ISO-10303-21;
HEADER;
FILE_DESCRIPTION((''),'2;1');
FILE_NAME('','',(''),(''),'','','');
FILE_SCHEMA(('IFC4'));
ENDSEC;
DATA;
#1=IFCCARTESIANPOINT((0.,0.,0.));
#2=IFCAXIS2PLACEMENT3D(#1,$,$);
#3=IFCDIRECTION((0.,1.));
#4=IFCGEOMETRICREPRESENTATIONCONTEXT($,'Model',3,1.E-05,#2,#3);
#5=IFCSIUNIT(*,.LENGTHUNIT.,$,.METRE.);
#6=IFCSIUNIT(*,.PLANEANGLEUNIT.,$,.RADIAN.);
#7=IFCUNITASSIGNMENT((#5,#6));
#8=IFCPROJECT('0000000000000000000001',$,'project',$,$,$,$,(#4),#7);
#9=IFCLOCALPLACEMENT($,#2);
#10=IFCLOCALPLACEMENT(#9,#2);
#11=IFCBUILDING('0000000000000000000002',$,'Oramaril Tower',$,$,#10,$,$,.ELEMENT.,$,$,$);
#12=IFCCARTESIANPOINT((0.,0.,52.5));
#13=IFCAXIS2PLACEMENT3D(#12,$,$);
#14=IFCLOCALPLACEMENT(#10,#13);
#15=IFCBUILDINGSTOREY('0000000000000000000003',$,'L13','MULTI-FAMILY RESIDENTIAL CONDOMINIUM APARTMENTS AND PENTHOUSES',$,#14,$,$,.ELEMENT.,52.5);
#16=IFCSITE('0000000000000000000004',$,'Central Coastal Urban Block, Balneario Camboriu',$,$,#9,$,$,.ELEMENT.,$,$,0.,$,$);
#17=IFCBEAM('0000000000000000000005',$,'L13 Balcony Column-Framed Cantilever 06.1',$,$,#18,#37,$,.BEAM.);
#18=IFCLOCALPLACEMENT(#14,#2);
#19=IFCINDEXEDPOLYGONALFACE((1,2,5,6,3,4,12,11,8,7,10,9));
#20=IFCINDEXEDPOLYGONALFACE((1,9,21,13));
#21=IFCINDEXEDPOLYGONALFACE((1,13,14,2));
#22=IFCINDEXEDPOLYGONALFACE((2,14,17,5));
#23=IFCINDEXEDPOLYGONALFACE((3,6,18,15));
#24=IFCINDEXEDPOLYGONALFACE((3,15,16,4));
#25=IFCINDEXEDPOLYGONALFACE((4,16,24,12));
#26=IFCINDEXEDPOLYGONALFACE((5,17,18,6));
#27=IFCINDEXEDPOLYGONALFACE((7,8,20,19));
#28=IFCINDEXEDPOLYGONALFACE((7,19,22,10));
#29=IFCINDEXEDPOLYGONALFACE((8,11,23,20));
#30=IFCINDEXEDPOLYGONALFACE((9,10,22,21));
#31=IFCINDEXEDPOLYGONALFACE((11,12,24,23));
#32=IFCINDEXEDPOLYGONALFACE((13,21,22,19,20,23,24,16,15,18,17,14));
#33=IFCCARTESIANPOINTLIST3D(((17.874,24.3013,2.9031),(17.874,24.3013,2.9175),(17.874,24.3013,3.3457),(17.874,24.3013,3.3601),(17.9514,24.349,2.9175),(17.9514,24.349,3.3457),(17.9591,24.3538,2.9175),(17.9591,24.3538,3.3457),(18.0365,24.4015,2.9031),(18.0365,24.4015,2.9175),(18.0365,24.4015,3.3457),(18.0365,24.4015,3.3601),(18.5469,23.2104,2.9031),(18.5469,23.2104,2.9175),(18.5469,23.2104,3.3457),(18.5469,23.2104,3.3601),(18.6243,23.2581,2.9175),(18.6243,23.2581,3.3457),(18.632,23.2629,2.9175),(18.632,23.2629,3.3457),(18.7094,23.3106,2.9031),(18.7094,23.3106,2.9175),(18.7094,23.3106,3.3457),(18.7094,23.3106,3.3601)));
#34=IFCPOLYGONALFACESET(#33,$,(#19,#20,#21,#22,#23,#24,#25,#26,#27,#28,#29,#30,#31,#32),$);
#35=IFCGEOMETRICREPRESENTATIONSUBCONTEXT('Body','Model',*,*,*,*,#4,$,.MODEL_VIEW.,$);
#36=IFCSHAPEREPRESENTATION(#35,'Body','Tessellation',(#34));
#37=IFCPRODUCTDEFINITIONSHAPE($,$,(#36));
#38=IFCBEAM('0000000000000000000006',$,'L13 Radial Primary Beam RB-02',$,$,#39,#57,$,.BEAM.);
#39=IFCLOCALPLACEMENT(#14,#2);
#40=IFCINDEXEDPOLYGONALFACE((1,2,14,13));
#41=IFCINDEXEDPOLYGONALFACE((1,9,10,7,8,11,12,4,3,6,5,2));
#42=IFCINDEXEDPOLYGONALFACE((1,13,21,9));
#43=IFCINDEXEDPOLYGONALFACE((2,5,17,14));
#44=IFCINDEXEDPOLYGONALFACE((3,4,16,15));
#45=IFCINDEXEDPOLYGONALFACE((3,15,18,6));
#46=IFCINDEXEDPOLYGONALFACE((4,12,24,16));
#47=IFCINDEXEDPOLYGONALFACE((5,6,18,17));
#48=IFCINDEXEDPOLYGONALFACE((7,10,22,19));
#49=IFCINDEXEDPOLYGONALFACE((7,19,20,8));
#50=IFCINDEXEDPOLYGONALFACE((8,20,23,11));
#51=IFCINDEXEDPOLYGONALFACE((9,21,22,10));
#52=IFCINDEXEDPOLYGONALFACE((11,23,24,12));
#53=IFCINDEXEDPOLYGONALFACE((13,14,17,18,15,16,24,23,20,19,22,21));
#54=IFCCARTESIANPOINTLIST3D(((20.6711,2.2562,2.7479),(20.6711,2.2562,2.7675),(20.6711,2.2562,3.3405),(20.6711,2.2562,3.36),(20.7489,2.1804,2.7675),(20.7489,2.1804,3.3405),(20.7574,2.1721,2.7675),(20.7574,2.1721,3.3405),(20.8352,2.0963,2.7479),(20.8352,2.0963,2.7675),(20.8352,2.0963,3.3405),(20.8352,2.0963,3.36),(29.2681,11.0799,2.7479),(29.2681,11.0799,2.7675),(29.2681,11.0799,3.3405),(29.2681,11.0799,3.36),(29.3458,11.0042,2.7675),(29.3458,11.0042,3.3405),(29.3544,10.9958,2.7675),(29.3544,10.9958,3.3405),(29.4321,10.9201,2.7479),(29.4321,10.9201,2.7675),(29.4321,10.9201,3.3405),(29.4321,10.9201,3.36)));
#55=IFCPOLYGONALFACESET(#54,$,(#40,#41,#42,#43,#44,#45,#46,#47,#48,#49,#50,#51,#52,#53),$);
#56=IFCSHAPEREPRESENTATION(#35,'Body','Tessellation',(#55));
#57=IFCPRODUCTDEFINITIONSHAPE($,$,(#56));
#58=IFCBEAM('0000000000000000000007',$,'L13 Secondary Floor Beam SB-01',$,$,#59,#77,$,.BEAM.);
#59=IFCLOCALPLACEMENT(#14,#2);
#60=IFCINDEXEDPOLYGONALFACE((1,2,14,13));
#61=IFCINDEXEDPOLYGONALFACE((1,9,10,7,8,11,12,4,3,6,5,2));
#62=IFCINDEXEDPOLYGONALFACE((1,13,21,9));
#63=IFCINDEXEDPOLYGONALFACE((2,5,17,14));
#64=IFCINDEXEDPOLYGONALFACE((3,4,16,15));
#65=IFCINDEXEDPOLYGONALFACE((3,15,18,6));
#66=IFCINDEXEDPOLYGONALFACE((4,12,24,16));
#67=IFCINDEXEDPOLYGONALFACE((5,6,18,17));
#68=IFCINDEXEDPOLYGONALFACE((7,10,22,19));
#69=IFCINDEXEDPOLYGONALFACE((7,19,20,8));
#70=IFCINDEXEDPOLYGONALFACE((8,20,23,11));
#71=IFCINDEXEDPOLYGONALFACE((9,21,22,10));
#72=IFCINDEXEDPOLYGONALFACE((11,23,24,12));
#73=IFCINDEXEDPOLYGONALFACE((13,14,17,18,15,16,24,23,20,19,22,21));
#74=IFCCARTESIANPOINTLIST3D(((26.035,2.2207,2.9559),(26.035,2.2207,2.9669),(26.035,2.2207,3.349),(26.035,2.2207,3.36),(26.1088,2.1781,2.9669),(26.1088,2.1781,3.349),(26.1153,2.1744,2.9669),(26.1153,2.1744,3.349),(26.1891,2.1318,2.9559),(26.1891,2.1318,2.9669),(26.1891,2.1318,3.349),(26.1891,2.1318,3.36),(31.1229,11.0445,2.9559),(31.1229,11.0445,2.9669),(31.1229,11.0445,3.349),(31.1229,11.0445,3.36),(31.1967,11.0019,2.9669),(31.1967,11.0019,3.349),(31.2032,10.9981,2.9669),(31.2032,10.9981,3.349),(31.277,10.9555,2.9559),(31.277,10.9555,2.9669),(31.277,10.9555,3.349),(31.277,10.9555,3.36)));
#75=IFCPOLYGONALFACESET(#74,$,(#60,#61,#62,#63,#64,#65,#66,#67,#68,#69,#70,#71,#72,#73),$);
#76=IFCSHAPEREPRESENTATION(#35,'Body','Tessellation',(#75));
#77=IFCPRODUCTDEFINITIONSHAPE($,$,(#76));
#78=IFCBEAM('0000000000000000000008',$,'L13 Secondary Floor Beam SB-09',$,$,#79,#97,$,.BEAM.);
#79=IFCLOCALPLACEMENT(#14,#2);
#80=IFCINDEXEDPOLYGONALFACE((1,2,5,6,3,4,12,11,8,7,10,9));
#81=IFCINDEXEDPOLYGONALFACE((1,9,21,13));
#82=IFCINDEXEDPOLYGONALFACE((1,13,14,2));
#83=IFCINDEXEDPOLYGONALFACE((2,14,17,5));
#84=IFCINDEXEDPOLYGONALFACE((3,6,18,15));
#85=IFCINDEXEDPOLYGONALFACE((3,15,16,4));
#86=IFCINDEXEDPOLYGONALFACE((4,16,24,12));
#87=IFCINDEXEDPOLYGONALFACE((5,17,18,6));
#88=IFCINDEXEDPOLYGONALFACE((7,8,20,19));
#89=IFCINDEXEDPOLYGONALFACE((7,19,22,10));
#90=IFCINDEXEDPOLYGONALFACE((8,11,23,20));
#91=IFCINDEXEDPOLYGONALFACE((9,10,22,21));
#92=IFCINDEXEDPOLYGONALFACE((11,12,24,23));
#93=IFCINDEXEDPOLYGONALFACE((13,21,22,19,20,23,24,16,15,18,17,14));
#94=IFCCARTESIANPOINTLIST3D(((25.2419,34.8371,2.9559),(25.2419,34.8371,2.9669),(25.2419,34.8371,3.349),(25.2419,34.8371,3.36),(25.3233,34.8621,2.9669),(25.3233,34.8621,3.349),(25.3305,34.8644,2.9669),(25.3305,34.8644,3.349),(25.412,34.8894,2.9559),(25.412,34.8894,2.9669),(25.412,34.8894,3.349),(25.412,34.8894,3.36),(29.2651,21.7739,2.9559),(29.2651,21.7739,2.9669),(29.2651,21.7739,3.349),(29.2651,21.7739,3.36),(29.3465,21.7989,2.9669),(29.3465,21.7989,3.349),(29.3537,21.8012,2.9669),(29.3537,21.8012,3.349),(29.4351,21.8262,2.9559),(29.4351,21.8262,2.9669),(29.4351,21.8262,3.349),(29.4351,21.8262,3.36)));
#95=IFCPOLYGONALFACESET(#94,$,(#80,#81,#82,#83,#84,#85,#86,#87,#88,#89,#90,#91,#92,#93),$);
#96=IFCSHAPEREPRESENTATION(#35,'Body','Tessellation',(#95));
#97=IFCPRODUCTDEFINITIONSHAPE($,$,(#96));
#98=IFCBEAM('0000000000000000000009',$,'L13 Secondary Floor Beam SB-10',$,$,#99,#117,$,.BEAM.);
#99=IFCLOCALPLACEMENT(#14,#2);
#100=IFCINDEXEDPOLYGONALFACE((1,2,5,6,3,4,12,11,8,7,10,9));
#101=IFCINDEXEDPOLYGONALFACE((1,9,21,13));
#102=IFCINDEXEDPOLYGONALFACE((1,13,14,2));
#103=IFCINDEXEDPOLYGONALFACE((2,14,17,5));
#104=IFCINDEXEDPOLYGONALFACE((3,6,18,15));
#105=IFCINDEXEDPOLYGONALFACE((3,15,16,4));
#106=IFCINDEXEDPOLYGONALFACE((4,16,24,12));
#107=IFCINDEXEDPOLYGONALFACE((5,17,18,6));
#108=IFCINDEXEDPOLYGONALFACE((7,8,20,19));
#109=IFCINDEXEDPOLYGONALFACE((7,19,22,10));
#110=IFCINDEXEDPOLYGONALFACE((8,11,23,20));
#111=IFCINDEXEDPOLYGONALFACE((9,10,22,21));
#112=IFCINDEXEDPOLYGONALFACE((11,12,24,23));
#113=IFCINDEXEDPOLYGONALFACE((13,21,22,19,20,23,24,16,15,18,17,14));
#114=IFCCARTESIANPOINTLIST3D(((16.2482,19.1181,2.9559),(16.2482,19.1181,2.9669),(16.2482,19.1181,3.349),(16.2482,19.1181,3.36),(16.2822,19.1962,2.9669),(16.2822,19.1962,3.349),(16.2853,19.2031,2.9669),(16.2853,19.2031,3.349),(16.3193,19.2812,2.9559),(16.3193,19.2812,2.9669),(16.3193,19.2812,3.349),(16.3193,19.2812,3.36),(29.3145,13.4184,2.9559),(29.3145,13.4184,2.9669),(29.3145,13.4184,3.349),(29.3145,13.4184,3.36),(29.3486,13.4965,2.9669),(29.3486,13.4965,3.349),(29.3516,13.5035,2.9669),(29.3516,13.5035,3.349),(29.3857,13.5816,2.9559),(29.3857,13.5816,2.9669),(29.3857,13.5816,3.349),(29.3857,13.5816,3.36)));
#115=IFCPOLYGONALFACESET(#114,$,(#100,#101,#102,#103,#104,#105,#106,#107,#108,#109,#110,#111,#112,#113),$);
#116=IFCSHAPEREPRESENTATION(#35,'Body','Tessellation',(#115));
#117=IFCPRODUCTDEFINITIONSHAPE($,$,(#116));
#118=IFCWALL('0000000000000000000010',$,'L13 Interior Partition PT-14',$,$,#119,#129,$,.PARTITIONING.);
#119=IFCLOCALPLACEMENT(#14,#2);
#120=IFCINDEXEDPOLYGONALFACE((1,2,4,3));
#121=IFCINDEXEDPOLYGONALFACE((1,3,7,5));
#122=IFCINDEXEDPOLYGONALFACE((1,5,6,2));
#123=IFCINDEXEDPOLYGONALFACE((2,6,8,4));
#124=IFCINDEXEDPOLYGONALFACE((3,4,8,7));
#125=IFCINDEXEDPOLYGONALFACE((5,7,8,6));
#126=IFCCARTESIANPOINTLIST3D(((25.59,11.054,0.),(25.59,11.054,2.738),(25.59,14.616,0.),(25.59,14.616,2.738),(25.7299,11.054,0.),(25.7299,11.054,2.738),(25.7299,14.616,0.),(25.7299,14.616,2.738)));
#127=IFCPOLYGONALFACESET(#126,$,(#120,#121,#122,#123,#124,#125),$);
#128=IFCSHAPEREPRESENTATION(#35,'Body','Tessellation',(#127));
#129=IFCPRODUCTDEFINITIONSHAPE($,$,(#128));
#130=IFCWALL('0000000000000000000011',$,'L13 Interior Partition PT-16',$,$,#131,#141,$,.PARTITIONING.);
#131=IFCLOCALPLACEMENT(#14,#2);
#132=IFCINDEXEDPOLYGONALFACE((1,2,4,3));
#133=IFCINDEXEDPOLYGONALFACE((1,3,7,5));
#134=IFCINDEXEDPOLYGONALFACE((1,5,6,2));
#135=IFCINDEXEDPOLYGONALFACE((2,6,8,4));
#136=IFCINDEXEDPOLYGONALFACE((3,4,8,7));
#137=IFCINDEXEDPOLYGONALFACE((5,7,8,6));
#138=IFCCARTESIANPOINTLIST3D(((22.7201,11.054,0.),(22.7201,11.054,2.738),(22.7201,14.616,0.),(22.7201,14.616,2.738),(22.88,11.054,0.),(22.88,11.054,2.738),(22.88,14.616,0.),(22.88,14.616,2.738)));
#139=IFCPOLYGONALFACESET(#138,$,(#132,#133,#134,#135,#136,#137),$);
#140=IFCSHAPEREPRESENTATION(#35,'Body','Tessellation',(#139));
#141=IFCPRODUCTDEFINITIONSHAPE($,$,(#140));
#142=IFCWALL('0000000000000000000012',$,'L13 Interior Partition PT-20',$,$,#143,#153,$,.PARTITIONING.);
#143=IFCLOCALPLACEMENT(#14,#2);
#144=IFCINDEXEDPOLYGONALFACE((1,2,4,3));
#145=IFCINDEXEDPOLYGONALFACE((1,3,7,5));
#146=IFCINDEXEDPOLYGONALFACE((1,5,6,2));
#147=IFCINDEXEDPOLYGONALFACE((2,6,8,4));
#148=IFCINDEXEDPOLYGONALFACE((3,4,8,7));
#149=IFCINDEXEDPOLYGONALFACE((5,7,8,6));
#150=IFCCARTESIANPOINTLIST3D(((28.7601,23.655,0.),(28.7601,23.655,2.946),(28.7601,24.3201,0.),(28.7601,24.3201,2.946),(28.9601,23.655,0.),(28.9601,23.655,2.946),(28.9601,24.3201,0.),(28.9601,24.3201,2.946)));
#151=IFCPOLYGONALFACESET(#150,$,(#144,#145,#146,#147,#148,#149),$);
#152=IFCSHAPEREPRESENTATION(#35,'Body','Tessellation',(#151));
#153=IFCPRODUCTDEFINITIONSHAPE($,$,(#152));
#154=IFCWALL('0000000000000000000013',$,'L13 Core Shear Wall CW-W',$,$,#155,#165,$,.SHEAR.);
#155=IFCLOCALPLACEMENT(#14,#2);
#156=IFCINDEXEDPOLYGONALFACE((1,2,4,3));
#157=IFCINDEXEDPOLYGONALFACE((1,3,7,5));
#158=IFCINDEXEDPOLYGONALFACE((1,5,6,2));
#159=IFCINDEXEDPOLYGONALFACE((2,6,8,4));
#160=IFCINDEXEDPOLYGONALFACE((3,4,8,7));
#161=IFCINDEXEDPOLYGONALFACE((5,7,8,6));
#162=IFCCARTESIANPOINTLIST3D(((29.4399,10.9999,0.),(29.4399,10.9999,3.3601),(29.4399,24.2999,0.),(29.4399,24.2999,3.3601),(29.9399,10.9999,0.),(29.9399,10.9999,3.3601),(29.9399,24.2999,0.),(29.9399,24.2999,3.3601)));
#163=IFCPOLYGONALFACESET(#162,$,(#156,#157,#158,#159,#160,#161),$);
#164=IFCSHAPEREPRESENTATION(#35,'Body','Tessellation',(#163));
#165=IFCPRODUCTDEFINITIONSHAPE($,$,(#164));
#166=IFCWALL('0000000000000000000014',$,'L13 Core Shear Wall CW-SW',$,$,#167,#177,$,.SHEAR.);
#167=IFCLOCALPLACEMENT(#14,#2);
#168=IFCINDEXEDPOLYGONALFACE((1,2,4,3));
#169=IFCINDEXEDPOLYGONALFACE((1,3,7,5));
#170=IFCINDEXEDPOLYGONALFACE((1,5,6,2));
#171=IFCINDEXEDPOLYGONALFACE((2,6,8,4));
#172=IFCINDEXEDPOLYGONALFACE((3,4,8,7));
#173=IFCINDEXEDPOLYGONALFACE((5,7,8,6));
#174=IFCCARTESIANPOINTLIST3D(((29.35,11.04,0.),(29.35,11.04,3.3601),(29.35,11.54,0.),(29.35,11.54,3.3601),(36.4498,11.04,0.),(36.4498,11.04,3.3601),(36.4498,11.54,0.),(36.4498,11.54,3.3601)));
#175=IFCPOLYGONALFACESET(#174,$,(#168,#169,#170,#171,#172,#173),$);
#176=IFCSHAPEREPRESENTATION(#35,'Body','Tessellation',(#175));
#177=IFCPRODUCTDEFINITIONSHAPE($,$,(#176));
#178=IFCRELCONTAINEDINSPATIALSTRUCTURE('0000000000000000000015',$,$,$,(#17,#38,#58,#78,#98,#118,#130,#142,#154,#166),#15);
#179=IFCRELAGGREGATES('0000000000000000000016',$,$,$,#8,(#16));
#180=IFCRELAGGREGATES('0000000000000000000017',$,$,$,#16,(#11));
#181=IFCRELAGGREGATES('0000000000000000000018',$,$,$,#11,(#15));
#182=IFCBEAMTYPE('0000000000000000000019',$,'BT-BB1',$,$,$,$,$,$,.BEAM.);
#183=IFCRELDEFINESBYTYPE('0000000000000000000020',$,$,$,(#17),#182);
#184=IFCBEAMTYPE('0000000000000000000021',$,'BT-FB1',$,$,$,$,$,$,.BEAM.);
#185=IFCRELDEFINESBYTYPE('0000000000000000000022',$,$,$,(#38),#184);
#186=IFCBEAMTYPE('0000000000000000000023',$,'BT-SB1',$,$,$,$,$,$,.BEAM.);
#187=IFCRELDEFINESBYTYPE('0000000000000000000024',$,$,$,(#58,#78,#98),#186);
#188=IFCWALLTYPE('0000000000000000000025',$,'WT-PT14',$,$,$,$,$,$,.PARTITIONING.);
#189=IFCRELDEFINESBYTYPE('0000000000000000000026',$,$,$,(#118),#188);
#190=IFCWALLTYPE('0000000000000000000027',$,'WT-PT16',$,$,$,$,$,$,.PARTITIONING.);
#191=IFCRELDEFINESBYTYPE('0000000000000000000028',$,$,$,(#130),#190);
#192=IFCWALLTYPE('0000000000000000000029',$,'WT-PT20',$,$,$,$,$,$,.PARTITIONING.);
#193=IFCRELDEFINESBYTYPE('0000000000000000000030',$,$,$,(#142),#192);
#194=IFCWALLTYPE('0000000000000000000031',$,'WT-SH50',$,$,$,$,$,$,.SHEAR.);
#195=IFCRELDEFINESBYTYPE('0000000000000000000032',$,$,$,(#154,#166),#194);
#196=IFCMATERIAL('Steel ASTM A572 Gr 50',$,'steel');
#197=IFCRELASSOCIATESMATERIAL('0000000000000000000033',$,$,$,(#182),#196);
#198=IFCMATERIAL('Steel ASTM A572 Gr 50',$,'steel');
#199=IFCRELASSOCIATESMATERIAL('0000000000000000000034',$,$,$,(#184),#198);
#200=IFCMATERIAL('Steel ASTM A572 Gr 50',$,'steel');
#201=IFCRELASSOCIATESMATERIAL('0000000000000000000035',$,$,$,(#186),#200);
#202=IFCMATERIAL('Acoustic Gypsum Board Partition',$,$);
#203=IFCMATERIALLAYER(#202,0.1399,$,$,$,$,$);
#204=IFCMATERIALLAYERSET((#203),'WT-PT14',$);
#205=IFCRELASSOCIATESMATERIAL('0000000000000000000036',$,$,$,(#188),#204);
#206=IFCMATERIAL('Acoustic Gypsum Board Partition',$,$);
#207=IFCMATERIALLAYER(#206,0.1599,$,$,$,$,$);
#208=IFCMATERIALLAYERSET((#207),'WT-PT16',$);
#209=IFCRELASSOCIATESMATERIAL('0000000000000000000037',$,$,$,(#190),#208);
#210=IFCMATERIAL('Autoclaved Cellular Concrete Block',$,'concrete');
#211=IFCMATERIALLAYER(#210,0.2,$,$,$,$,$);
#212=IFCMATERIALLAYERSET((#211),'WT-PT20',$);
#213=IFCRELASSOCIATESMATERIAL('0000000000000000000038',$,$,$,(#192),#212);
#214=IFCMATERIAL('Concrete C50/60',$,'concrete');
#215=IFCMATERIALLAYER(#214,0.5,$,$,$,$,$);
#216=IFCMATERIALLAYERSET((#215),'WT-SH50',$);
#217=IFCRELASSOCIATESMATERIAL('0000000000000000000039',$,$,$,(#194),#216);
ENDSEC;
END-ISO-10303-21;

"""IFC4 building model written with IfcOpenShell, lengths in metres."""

from ifc_helpers import new_model, si_unit, direction, frame, frame_2d, origin, origin_2d, place, context, subcontext, project, spatial, rectangle, i_section, extrude, material, layer, layer_set, material_profile, profile_set, type_object, element, save


model = new_model("IFC4")

# Units and contexts
model_context = context("Model", 3, precision=1e-05, world=origin(), true_north=direction((0.0, 1.0)))
body_context = subcontext(model_context, "Body", "Model", "MODEL_VIEW")
ifc_project = project(units=[si_unit("LENGTHUNIT", "METRE"), si_unit("PLANEANGLEUNIT", "RADIAN")], contexts=[model_context])

# Site, building, storey
site_placement = place(None, origin())
site = spatial("IfcSite", under=ifc_project, at=site_placement, Name="Central Coastal Urban Block, Balneario Camboriu", CompositionType="ELEMENT", RefElevation=0.0)
building_placement = place(site_placement, origin())
building = spatial("IfcBuilding", under=site, at=building_placement, Name="Oramaril Tower", CompositionType="ELEMENT")
storey_placement = place(building_placement, frame((0.0, 0.0, 52.5)))
storey = spatial("IfcBuildingStorey", under=building, at=storey_placement, Name="L13", Description="MULTI-FAMILY RESIDENTIAL CONDOMINIUM APARTMENTS AND PENTHOUSES", CompositionType="ELEMENT", Elevation=52.5)

# Beams
ifc_material_1 = material(Name="Steel ASTM A572 Gr 50", Category="steel")
ifc_material_profile_1 = material_profile(ifc_material_1, i_section(OverallWidth=0.1909, OverallDepth=0.457, WebThickness=0.009, FlangeThickness=0.0144, at=origin_2d()), Name="W18X50")
ifc_profile_set_1 = profile_set([ifc_material_profile_1], Name="Steel ASTM A572 Gr 50")
beam_type_1 = type_object("IfcBeamType", Name="BT-BB1", PredefinedType="BEAM", material=ifc_profile_set_1)
beam_1_placement = place(storey_placement, frame((18.6282, 23.2605, 3.1316), z_axis=(-0.52499, 0.851108, 0.0), x_axis=(-0.851108, -0.52499, 0.0)))
element("IfcBeam", 1, at=beam_1_placement, inside=storey, type_object=beam_type_1, Name="L13 Balcony Column-Framed Cantilever 06.1", PredefinedType="BEAM", context=body_context, shape_type="SweptSolid", body=[
    extrude(i_section(OverallWidth=0.1909, OverallDepth=0.457, WebThickness=0.009, FlangeThickness=0.0144, at=origin_2d()), origin(), (0.0, 0.0, 1.0), 1.2817),
])
ifc_material_2 = material(Name="Steel ASTM A572 Gr 50", Category="steel")
ifc_material_profile_2 = material_profile(ifc_material_2, i_section(OverallWidth=0.229, OverallDepth=0.6121, WebThickness=0.012, FlangeThickness=0.0195, at=origin_2d()), Name="W24X84")
ifc_profile_set_2 = profile_set([ifc_material_profile_2], Name="Steel ASTM A572 Gr 50")
beam_type_2 = type_object("IfcBeamType", Name="BT-FB1", PredefinedType="BEAM", material=ifc_profile_set_2)
beam_2_placement = place(storey_placement, frame((29.3501, 11.0, 3.054), z_axis=(-0.697842, -0.716252, 0.0), x_axis=(0.716252, -0.697842, 0.0)))
element("IfcBeam", 2, at=beam_2_placement, inside=storey, type_object=beam_type_2, Name="L13 Radial Primary Beam RB-02", PredefinedType="BEAM", context=body_context, shape_type="SweptSolid", body=[
    extrude(i_section(OverallWidth=0.229, OverallDepth=0.6121, WebThickness=0.012, FlangeThickness=0.0195, at=origin_2d()), origin(), (0.0, 0.0, 1.0), 12.3193),
])
ifc_material_3 = material(Name="Steel ASTM A572 Gr 50", Category="steel")
ifc_material_profile_3 = material_profile(ifc_material_3, i_section(OverallWidth=0.178, OverallDepth=0.4041, WebThickness=0.0076, FlangeThickness=0.011, at=origin_2d()), Name="W16X36")
ifc_profile_set_3 = profile_set([ifc_material_profile_3], Name="Steel ASTM A572 Gr 50")
beam_type_3 = type_object("IfcBeamType", Name="BT-SB1", PredefinedType="BEAM", material=ifc_profile_set_3)
beam_3_placement = place(storey_placement, frame((31.2, 11.0, 3.158), z_axis=(-0.499522, -0.866301, 0.0), x_axis=(0.866301, -0.499522, 0.0)))
element("IfcBeam", 3, at=beam_3_placement, inside=storey, type_object=beam_type_3, Name="L13 Secondary Floor Beam SB-01", PredefinedType="BEAM", context=body_context, shape_type="SweptSolid", body=[
    extrude(i_section(OverallWidth=0.178, OverallDepth=0.4041, WebThickness=0.0076, FlangeThickness=0.011, at=origin_2d()), origin(), (0.0, 0.0, 1.0), 10.1855),
])
beam_4_placement = place(storey_placement, frame((29.3501, 21.8, 3.158), z_axis=(-0.294336, 0.955702, 0.0), x_axis=(-0.955702, -0.294336, 0.0)))
element("IfcBeam", 4, at=beam_4_placement, inside=storey, type_object=beam_type_3, Name="L13 Secondary Floor Beam SB-09", PredefinedType="BEAM", context=body_context, shape_type="SweptSolid", body=[
    extrude(i_section(OverallWidth=0.178, OverallDepth=0.4041, WebThickness=0.0076, FlangeThickness=0.011, at=origin_2d()), origin(), (0.0, 0.0, 1.0), 13.6687),
])
beam_5_placement = place(storey_placement, frame((29.3501, 13.5, 3.158), z_axis=(-0.916591, 0.399827, 0.0), x_axis=(-0.399827, -0.916591, 0.0)))
element("IfcBeam", 5, at=beam_5_placement, inside=storey, type_object=beam_type_3, Name="L13 Secondary Floor Beam SB-10", PredefinedType="BEAM", context=body_context, shape_type="SweptSolid", body=[
    extrude(i_section(OverallWidth=0.178, OverallDepth=0.4041, WebThickness=0.0076, FlangeThickness=0.011, at=origin_2d()), origin(), (0.0, 0.0, 1.0), 14.2554),
])

# Walls
ifc_material_4 = material(Name="Acoustic Gypsum Board Partition")
ifc_layer_1 = layer(ifc_material_4, 0.1399)
ifc_layer_set_1 = layer_set([ifc_layer_1], Name="WT-PT14")
wall_type_1 = type_object("IfcWallType", Name="WT-PT14", PredefinedType="PARTITIONING", material=ifc_layer_set_1)
wall_1_placement = place(storey_placement, frame((25.6599, 11.054, 0.0), z_axis=(0.0, 0.0, 1.0), x_axis=(0.0, 1.0, 0.0)))
element("IfcWall", 6, at=wall_1_placement, inside=storey, type_object=wall_type_1, Name="L13 Interior Partition PT-14", PredefinedType="PARTITIONING", context=body_context, shape_type="SweptSolid", body=[
    extrude(rectangle(XDim=3.562, YDim=0.1399, at=frame_2d((1.781, 0.0))), origin(), (0.0, 0.0, 1.0), 2.738),
])
ifc_material_5 = material(Name="Acoustic Gypsum Board Partition")
ifc_layer_2 = layer(ifc_material_5, 0.1599)
ifc_layer_set_2 = layer_set([ifc_layer_2], Name="WT-PT16")
wall_type_2 = type_object("IfcWallType", Name="WT-PT16", PredefinedType="PARTITIONING", material=ifc_layer_set_2)
wall_2_placement = place(storey_placement, frame((22.8, 11.054, 0.0), z_axis=(0.0, 0.0, 1.0), x_axis=(0.0, 1.0, 0.0)))
element("IfcWall", 7, at=wall_2_placement, inside=storey, type_object=wall_type_2, Name="L13 Interior Partition PT-16", PredefinedType="PARTITIONING", context=body_context, shape_type="SweptSolid", body=[
    extrude(rectangle(XDim=3.562, YDim=0.1599, at=frame_2d((1.781, 0.0))), origin(), (0.0, 0.0, 1.0), 2.738),
])

# Shared definitions
ifc_material_6 = material(Name="Autoclaved Cellular Concrete Block", Category="concrete")
ifc_layer_3 = layer(ifc_material_6, 0.2)
ifc_layer_set_3 = layer_set([ifc_layer_3], Name="WT-PT20")
wall_type_3 = type_object("IfcWallType", Name="WT-PT20", PredefinedType="PARTITIONING", material=ifc_layer_set_3)

# Wall
wall_3_placement = place(storey_placement, frame((28.8601, 23.655, 0.0), z_axis=(0.0, 0.0, 1.0), x_axis=(0.0, 1.0, 0.0)))
element("IfcWall", 8, at=wall_3_placement, inside=storey, type_object=wall_type_3, Name="L13 Interior Partition PT-20", PredefinedType="PARTITIONING", context=body_context, shape_type="SweptSolid", body=[
    extrude(rectangle(XDim=0.665, YDim=0.2, at=frame_2d((0.3325, 0.0))), origin(), (0.0, 0.0, 1.0), 2.946),
])

# Walls
ifc_material_7 = material(Name="Concrete C50/60", Category="concrete")
ifc_layer_4 = layer(ifc_material_7, 0.5)
ifc_layer_set_4 = layer_set([ifc_layer_4], Name="WT-SH50")
wall_type_4 = type_object("IfcWallType", Name="WT-SH50", PredefinedType="SHEAR", material=ifc_layer_set_4)
wall_4_placement = place(storey_placement, frame((29.6899, 11.0, 0.0), z_axis=(0.0, 0.0, 1.0), x_axis=(0.0, 1.0, 0.0)))
element("IfcWall", 9, at=wall_4_placement, inside=storey, type_object=wall_type_4, Name="L13 Core Shear Wall CW-W", PredefinedType="SHEAR", context=body_context, shape_type="SweptSolid", body=[
    extrude(rectangle(XDim=13.3, YDim=0.5, at=frame_2d((6.6499, 0.0))), origin(), (0.0, 0.0, 1.0), 3.3601),
])
wall_5_placement = place(storey_placement, frame((29.3501, 11.29, 0.0), z_axis=(0.0, 0.0, 1.0), x_axis=(1.0, 0.0, 0.0)))
element("IfcWall", 10, at=wall_5_placement, inside=storey, type_object=wall_type_4, Name="L13 Core Shear Wall CW-SW", PredefinedType="SHEAR", context=body_context, shape_type="SweptSolid", body=[
    extrude(rectangle(XDim=7.0999, YDim=0.5, at=frame_2d((3.5498, 0.0))), origin(), (0.0, 0.0, 1.0), 3.3601),
])

save(model, "model.ifc")
